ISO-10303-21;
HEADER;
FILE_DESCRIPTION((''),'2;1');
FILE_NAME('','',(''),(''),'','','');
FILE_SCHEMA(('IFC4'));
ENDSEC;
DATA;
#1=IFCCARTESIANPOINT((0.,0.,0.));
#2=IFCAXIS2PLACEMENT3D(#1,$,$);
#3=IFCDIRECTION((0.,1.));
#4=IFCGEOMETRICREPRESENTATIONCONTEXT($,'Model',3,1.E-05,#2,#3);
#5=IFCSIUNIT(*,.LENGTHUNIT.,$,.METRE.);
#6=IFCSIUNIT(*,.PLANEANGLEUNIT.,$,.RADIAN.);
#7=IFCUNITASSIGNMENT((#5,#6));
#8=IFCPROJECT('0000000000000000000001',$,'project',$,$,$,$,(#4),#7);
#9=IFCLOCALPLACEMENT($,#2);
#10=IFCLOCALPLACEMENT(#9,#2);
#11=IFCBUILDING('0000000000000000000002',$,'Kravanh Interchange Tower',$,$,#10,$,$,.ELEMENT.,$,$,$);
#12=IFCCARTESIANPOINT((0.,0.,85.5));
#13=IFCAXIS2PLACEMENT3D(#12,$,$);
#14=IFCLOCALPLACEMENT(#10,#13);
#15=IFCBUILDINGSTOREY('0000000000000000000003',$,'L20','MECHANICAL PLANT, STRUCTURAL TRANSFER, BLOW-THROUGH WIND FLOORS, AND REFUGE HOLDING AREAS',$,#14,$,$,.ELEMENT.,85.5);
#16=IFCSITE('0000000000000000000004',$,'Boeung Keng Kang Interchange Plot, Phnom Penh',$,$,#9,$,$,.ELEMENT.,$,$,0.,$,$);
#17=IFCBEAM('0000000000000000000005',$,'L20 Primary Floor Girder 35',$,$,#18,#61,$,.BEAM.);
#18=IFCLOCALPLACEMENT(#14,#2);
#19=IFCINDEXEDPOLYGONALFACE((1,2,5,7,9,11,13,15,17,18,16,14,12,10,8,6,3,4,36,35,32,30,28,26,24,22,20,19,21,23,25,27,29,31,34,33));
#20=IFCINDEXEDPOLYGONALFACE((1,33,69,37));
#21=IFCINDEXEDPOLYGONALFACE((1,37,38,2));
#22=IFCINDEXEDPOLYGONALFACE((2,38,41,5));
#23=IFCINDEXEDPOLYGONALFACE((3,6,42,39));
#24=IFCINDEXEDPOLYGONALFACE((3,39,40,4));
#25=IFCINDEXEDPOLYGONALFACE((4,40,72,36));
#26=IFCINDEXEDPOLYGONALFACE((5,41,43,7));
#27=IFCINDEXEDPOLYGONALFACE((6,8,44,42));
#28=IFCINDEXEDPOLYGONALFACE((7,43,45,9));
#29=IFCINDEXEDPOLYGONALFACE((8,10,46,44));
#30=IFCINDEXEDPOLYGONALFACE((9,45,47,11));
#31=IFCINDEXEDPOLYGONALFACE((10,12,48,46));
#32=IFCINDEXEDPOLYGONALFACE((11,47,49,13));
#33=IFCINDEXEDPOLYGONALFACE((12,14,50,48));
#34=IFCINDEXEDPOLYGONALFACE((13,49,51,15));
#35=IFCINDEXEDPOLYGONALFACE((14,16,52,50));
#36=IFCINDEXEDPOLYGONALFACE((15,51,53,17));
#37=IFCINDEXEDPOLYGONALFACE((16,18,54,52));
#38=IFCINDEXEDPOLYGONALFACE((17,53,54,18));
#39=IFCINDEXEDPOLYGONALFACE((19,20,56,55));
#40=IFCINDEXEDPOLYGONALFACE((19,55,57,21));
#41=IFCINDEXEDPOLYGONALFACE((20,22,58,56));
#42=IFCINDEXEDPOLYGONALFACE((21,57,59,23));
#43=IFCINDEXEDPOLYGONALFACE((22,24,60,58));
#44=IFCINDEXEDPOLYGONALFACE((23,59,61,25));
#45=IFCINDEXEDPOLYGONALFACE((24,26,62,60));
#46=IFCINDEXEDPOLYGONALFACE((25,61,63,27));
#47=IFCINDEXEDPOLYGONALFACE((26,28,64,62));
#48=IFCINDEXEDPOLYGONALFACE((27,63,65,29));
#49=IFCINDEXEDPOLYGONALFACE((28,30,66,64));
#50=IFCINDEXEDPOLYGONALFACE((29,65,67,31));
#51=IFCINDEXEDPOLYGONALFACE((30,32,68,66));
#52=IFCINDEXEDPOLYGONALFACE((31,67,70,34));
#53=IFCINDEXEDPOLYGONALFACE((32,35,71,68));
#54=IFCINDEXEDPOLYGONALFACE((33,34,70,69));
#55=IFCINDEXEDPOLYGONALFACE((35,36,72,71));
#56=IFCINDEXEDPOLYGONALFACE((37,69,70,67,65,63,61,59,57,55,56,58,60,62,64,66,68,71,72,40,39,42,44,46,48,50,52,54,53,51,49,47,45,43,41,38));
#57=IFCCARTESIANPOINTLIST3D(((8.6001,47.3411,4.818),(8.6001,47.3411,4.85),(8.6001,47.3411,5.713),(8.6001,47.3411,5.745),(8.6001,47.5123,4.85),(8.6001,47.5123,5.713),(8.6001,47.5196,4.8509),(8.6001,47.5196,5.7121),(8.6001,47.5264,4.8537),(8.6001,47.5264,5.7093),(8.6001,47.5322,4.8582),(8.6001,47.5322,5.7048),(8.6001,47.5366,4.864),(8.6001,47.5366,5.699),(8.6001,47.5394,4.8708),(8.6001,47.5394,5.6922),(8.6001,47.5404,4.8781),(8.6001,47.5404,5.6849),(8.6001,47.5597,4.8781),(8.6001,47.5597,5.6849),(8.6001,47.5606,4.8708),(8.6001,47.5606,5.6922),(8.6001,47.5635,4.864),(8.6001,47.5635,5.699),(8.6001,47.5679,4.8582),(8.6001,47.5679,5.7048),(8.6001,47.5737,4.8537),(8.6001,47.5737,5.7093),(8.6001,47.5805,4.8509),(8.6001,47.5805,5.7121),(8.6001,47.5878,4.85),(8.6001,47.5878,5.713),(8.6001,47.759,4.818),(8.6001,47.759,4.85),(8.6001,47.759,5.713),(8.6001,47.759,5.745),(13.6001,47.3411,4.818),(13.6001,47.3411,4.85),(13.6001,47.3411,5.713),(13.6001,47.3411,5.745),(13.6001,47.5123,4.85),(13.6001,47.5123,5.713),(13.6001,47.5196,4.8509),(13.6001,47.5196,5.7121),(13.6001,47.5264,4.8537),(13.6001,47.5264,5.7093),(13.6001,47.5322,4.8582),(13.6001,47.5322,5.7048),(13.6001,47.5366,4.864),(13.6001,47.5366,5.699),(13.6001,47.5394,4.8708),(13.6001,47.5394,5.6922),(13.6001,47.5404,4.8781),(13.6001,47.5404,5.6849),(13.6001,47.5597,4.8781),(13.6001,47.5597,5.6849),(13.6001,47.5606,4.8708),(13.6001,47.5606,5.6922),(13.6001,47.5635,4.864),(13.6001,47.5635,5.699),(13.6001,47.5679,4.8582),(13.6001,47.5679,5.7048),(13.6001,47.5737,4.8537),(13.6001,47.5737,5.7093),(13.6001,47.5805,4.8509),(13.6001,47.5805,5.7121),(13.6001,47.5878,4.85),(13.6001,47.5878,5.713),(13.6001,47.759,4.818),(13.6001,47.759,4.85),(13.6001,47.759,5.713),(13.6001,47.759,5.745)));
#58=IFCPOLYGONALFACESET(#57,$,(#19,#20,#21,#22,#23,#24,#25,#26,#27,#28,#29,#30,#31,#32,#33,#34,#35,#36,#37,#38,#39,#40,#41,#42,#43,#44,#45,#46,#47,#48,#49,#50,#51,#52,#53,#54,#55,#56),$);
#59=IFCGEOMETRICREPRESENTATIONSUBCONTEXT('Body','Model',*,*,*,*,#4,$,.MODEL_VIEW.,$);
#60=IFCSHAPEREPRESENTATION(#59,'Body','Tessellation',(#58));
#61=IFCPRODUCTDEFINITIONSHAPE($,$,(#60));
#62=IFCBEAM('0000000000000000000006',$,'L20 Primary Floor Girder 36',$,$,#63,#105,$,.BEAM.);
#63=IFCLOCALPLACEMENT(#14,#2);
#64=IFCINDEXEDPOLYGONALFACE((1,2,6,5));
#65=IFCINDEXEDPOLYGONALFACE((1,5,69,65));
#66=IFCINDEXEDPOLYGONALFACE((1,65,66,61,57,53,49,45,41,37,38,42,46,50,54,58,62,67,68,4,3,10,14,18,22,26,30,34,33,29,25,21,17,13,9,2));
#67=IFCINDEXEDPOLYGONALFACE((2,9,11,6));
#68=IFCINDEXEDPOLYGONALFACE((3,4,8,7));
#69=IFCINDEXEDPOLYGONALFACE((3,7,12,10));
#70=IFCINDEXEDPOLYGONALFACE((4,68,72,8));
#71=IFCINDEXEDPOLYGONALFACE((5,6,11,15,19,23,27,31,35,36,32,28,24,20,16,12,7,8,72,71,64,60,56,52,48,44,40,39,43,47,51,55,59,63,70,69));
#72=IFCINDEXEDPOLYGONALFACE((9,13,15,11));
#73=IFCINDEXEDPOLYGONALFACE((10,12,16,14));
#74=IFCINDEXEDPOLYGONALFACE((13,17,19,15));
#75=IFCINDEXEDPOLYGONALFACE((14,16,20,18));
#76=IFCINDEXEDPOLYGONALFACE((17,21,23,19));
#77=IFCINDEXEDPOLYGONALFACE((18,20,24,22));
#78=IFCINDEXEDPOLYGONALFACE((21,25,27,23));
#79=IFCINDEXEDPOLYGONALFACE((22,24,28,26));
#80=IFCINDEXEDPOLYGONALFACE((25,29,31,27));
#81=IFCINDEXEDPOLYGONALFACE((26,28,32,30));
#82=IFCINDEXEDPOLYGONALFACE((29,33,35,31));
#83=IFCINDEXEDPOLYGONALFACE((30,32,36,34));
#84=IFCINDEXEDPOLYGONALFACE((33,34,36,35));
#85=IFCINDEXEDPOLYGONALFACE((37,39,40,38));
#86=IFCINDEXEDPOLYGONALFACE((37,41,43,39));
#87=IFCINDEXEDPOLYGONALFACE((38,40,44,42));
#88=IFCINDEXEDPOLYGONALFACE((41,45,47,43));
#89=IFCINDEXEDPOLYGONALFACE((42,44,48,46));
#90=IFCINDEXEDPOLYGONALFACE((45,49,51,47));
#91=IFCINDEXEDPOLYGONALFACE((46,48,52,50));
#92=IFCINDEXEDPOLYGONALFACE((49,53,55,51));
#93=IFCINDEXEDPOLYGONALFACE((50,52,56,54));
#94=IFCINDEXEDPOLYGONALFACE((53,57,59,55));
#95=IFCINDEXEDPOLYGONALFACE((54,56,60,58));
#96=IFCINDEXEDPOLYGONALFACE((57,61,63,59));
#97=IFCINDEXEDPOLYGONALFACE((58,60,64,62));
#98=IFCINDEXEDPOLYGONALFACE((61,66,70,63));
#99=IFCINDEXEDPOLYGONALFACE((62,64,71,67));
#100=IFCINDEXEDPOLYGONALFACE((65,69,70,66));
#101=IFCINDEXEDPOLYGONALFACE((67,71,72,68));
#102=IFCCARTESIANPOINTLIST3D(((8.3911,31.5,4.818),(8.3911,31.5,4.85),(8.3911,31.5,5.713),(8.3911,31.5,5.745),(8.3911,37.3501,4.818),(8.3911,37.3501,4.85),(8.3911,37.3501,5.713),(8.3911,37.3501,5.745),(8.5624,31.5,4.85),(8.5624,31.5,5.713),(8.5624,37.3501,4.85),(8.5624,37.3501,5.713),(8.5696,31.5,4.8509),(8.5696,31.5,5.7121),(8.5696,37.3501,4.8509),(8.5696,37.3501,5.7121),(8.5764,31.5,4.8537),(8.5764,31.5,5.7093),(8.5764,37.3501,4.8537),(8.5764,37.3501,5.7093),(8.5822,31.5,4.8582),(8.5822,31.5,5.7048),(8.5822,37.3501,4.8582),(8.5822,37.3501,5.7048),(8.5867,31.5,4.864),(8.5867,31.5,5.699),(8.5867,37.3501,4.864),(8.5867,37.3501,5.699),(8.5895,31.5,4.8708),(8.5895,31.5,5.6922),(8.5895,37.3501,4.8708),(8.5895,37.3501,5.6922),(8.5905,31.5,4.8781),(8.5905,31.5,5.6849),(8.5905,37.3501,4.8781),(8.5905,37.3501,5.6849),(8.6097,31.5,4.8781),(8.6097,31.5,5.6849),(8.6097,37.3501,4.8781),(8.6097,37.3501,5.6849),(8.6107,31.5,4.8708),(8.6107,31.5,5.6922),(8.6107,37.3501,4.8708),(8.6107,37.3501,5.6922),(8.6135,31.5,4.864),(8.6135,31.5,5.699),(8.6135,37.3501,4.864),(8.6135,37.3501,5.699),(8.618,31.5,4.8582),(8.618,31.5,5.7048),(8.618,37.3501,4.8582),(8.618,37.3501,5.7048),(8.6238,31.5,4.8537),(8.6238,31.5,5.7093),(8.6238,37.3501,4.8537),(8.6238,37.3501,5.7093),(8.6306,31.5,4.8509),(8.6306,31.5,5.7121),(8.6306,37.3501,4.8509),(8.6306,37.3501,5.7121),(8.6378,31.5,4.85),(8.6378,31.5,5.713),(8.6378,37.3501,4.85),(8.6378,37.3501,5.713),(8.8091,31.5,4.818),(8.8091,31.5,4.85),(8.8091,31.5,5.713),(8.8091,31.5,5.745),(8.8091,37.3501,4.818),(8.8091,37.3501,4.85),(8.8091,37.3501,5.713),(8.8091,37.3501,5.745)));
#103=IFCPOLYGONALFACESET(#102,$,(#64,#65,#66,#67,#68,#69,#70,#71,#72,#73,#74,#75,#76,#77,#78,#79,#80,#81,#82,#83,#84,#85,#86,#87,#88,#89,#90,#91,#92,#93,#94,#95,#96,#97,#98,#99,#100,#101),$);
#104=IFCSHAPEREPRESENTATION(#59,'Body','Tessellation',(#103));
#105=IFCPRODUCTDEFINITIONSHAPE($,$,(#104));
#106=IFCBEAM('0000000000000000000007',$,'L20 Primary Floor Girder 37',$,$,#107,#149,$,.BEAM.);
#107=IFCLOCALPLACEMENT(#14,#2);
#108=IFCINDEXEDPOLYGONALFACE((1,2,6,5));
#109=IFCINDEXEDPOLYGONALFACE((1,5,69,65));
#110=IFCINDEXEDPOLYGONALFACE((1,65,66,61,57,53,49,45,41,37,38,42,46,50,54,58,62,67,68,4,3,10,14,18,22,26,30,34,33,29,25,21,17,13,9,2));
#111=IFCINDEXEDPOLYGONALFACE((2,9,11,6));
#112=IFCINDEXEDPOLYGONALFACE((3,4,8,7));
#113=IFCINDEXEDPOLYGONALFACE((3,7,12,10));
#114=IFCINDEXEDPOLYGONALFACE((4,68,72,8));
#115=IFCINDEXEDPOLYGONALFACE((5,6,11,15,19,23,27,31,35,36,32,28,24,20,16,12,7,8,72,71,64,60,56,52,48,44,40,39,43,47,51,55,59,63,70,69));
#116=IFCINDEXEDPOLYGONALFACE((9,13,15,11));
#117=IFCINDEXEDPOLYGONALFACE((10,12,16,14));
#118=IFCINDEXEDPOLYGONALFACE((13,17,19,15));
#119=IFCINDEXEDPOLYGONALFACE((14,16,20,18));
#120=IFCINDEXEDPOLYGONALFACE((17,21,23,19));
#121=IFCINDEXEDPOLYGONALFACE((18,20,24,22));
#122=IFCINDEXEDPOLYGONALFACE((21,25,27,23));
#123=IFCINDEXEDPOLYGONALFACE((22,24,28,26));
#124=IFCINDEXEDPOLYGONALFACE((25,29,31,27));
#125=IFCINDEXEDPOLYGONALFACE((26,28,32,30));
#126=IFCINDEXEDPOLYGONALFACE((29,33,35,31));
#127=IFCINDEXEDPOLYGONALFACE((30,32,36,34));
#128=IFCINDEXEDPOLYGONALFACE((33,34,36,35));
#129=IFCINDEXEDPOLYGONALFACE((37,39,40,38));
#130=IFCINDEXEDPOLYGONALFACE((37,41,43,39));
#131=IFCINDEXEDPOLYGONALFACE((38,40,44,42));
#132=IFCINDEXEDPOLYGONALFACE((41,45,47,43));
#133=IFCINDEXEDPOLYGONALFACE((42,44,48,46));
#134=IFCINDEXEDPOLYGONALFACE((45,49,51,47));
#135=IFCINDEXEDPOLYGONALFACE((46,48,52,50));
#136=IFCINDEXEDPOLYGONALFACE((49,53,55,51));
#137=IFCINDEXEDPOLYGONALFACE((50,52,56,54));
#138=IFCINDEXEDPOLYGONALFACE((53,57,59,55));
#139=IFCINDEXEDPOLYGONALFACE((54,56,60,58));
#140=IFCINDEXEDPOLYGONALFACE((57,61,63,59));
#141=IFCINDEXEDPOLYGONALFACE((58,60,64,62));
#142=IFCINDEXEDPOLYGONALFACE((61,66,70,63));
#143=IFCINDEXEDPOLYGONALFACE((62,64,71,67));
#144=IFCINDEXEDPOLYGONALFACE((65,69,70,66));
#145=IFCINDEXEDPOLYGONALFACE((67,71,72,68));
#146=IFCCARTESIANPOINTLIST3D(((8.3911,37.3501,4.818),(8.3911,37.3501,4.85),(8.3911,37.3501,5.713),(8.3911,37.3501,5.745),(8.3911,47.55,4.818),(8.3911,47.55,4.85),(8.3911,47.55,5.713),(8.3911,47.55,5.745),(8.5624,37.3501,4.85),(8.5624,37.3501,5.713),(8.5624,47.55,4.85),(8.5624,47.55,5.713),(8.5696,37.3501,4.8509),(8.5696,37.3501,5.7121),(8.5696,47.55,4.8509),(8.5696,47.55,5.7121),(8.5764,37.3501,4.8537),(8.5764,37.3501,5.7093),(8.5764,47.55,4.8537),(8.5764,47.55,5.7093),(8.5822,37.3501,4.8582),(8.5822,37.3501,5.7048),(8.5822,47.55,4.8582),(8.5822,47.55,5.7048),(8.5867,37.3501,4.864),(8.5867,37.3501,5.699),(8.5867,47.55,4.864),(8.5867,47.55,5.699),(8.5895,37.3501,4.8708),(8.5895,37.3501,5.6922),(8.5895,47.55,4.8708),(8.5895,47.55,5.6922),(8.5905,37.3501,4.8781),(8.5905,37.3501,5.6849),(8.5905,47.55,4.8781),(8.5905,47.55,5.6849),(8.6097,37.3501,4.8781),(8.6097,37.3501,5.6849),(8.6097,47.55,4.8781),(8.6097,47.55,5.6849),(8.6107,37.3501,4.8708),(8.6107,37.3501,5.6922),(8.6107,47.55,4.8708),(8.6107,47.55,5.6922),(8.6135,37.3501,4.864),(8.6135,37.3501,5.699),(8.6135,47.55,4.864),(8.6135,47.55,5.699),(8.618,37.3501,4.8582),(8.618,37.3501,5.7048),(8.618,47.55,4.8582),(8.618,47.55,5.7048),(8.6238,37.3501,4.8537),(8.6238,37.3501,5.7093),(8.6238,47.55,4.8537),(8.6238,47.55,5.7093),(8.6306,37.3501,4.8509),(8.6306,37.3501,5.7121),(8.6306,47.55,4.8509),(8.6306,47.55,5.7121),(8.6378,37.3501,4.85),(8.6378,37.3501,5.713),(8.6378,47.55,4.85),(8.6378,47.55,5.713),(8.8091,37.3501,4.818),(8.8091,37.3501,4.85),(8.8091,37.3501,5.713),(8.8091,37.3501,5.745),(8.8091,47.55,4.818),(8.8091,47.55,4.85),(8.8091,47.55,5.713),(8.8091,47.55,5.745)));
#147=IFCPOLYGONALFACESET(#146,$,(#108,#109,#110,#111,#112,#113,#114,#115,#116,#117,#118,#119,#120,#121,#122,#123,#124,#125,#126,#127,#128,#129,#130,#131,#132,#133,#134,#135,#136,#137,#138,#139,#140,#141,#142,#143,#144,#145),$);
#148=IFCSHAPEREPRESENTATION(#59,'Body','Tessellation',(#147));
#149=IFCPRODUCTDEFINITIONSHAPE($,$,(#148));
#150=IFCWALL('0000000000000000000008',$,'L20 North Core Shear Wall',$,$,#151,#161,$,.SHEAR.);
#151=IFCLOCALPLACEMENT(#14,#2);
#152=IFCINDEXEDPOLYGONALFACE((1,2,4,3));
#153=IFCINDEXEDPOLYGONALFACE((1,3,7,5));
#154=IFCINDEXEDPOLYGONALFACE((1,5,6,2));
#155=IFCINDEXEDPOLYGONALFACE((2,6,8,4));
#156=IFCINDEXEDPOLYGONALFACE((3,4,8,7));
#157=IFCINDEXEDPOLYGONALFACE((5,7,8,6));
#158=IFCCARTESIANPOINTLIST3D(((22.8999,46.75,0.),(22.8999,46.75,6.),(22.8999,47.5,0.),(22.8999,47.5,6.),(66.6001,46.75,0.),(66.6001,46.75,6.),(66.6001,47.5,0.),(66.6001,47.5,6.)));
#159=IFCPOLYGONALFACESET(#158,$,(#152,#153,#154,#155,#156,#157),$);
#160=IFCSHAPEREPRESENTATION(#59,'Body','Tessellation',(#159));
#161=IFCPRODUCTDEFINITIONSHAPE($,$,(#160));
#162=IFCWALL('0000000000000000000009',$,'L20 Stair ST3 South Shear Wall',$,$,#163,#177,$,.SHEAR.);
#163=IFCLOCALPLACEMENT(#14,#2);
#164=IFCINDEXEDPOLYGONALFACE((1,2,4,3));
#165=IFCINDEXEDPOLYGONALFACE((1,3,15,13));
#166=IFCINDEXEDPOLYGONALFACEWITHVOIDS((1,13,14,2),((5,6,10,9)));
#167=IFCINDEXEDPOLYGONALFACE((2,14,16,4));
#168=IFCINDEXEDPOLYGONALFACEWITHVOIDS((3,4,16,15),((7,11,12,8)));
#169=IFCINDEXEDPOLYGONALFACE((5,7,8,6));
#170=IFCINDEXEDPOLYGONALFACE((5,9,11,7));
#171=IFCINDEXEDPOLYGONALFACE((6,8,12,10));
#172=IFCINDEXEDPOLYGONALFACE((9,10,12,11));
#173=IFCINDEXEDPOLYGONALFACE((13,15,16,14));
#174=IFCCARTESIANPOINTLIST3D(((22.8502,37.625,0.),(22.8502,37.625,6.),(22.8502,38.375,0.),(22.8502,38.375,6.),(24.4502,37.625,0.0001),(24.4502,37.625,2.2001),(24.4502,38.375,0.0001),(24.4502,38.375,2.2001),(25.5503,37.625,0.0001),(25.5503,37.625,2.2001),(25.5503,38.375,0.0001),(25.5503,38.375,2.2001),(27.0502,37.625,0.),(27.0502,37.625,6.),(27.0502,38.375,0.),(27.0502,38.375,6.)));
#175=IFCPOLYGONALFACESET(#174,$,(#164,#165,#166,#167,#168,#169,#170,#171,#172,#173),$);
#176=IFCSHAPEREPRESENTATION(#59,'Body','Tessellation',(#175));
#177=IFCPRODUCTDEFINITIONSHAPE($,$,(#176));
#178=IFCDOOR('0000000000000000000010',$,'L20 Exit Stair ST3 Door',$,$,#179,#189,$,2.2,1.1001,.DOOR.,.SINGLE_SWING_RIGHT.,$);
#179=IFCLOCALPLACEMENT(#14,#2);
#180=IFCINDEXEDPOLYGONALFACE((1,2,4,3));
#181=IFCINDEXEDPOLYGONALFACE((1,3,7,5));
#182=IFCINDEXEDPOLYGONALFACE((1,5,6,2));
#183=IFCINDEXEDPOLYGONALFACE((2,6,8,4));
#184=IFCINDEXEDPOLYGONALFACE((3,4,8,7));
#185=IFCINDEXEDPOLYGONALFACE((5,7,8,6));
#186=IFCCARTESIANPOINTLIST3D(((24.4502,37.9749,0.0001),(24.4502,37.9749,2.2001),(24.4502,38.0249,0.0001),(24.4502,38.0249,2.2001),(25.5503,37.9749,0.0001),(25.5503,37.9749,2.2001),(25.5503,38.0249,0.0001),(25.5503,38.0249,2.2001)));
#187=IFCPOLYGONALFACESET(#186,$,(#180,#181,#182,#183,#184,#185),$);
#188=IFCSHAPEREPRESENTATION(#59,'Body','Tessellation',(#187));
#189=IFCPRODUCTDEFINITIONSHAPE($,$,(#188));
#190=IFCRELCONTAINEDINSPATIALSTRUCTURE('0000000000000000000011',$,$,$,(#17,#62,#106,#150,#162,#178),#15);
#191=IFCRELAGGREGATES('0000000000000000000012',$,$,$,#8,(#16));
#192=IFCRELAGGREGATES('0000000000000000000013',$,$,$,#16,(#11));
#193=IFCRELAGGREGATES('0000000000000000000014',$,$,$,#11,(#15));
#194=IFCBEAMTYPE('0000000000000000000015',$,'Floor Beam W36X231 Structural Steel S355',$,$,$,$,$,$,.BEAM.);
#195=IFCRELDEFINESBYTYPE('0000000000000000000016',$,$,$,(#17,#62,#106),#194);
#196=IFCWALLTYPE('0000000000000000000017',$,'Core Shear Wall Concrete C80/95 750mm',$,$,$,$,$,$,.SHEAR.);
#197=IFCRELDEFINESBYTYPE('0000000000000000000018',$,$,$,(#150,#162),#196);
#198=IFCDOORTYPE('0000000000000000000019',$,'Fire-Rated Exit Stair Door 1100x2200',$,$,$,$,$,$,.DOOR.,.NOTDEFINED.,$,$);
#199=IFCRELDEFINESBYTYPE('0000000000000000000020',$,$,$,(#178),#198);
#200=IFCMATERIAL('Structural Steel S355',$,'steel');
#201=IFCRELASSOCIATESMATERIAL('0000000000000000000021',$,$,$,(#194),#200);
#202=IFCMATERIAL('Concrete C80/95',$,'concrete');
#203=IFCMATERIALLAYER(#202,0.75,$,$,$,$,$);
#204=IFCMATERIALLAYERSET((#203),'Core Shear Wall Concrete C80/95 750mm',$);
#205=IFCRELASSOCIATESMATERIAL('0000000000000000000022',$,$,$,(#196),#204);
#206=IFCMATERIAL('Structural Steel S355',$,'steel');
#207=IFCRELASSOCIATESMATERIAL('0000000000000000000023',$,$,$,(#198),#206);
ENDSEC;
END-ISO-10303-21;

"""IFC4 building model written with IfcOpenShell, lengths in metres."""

from ifc_helpers import new_model, si_unit, direction, frame, frame_2d, origin, origin_2d, place, context, subcontext, project, spatial, rectangle, i_section, extrude, material, layer, layer_set, material_profile, profile_set, type_object, element, fill, save


model = new_model("IFC4")

# Units and contexts
model_context = context("Model", 3, precision=1e-05, world=origin(), true_north=direction((0.0, 1.0)))
body_context = subcontext(model_context, "Body", "Model", "MODEL_VIEW")
ifc_project = project(units=[si_unit("LENGTHUNIT", "METRE"), si_unit("PLANEANGLEUNIT", "RADIAN")], contexts=[model_context])

# Site, building, storey
site_placement = place(None, origin())
site = spatial("IfcSite", under=ifc_project, at=site_placement, Name="Boeung Keng Kang Interchange Plot, Phnom Penh", CompositionType="ELEMENT", RefElevation=0.0)
building_placement = place(site_placement, origin())
building = spatial("IfcBuilding", under=site, at=building_placement, Name="Kravanh Interchange Tower", CompositionType="ELEMENT")
storey_placement = place(building_placement, frame((0.0, 0.0, 85.5)))
storey = spatial("IfcBuildingStorey", under=building, at=storey_placement, Name="L20", Description="MECHANICAL PLANT, STRUCTURAL TRANSFER, BLOW-THROUGH WIND FLOORS, AND REFUGE HOLDING AREAS", CompositionType="ELEMENT", Elevation=85.5)

# Beams
ifc_material_1 = material(Name="Structural Steel S355", Category="steel")
ifc_material_profile_1 = material_profile(ifc_material_1, i_section(OverallWidth=0.418, OverallDepth=0.927, WebThickness=0.0193, FlangeThickness=0.032, FilletRadius=0.0281, at=origin_2d()), Name="W36X231")
ifc_profile_set_1 = profile_set([ifc_material_profile_1], Name="Structural Steel S355")
beam_type = type_object("IfcBeamType", Name="Floor Beam W36X231 Structural Steel S355", PredefinedType="BEAM", material=ifc_profile_set_1)
beam_1_placement = place(storey_placement, frame((13.6001, 47.55, 5.2815), z_axis=(-1.0, 0.0, 0.0), x_axis=(0.0, -1.0, 0.0)))
element("IfcBeam", 1, at=beam_1_placement, inside=storey, type_object=beam_type, Name="L20 Primary Floor Girder 35", PredefinedType="BEAM", context=body_context, shape_type="SweptSolid", body=[
    extrude(i_section(OverallWidth=0.418, OverallDepth=0.927, WebThickness=0.0193, FlangeThickness=0.032, FilletRadius=0.0281, at=origin_2d()), origin(), (0.0, 0.0, 1.0), 5.0),
])
beam_2_placement = place(storey_placement, frame((8.6001, 37.3501, 5.2815), z_axis=(0.0, -1.0, 0.0), x_axis=(1.0, 0.0, 0.0)))
element("IfcBeam", 2, at=beam_2_placement, inside=storey, type_object=beam_type, Name="L20 Primary Floor Girder 36", PredefinedType="BEAM", context=body_context, shape_type="SweptSolid", body=[
    extrude(i_section(OverallWidth=0.418, OverallDepth=0.927, WebThickness=0.0193, FlangeThickness=0.032, FilletRadius=0.0281, at=origin_2d()), origin(), (0.0, 0.0, 1.0), 5.8501),
])
beam_3_placement = place(storey_placement, frame((8.6001, 37.3501, 5.2815), z_axis=(0.0, 1.0, 0.0), x_axis=(-1.0, 0.0, 0.0)))
element("IfcBeam", 3, at=beam_3_placement, inside=storey, type_object=beam_type, Name="L20 Primary Floor Girder 37", PredefinedType="BEAM", context=body_context, shape_type="SweptSolid", body=[
    extrude(i_section(OverallWidth=0.418, OverallDepth=0.927, WebThickness=0.0193, FlangeThickness=0.032, FilletRadius=0.0281, at=origin_2d()), origin(), (0.0, 0.0, 1.0), 10.2),
])

# Wall
ifc_material_2 = material(Name="Concrete C80/95", Category="concrete")
ifc_layer_1 = layer(ifc_material_2, 0.75)
ifc_layer_set_1 = layer_set([ifc_layer_1], Name="Core Shear Wall Concrete C80/95 750mm")
wall_type = type_object("IfcWallType", Name="Core Shear Wall Concrete C80/95 750mm", PredefinedType="SHEAR", material=ifc_layer_set_1)
wall_1_placement = place(storey_placement, frame((22.8999, 47.125, 0.0), z_axis=(0.0, 0.0, 1.0), x_axis=(1.0, 0.0, 0.0)))
element("IfcWall", 4, at=wall_1_placement, inside=storey, type_object=wall_type, Name="L20 North Core Shear Wall", PredefinedType="SHEAR", context=body_context, shape_type="SweptSolid", body=[
    extrude(rectangle(XDim=43.7002, YDim=0.75, at=frame_2d((21.8501, 0.0))), origin(), (0.0, 0.0, 1.0), 6.0),
])

# Wall, opening, door
wall_2_placement = place(storey_placement, frame((22.8501, 38.0, 0.0), z_axis=(0.0, 0.0, 1.0), x_axis=(1.0, 0.0, 0.0)))
wall_2 = element("IfcWall", 5, at=wall_2_placement, inside=storey, type_object=wall_type, Name="L20 Stair ST3 South Shear Wall", PredefinedType="SHEAR", context=body_context, shape_type="SweptSolid", body=[
    extrude(rectangle(XDim=4.2, YDim=0.75, at=frame_2d((2.1001, 0.0))), origin(), (0.0, 0.0, 1.0), 6.0),
])
opening_placement = place(wall_2_placement, frame((1.6001, 0.0, 0.0)))
opening = element("IfcOpeningElement", 6, at=opening_placement, cuts=wall_2, PredefinedType="OPENING", context=body_context, shape_type="SweptSolid", body=[
    extrude(rectangle(XDim=1.1001, YDim=2.2, at=frame_2d((0.55, 1.1001))), frame((0.0, 0.385, 0.0), z_axis=(0.0, -1.0, 0.0), x_axis=(1.0, 0.0, 0.0)), (0.0, 0.0, 1.0), 0.77),
])
ifc_material_3 = material(Name="Structural Steel S355", Category="steel")
door_type = type_object("IfcDoorType", Name="Fire-Rated Exit Stair Door 1100x2200", OperationType="NOTDEFINED", PredefinedType="DOOR", material=ifc_material_3)
door_placement = place(opening_placement, origin())
door = element("IfcDoor", 7, at=door_placement, inside=storey, type_object=door_type, Name="L20 Exit Stair ST3 Door", OperationType="SINGLE_SWING_RIGHT", OverallHeight=2.2, OverallWidth=1.1001, PredefinedType="DOOR", context=body_context, shape_type="SweptSolid", body=[
    extrude(rectangle(XDim=1.1001, YDim=2.2, at=frame_2d((0.55, 1.1001))), frame((0.0, 0.0249, 0.0), z_axis=(0.0, -1.0, 0.0), x_axis=(1.0, 0.0, 0.0)), (0.0, 0.0, 1.0), 0.05),
])
fill(opening, door)

save(model, "model.ifc")
